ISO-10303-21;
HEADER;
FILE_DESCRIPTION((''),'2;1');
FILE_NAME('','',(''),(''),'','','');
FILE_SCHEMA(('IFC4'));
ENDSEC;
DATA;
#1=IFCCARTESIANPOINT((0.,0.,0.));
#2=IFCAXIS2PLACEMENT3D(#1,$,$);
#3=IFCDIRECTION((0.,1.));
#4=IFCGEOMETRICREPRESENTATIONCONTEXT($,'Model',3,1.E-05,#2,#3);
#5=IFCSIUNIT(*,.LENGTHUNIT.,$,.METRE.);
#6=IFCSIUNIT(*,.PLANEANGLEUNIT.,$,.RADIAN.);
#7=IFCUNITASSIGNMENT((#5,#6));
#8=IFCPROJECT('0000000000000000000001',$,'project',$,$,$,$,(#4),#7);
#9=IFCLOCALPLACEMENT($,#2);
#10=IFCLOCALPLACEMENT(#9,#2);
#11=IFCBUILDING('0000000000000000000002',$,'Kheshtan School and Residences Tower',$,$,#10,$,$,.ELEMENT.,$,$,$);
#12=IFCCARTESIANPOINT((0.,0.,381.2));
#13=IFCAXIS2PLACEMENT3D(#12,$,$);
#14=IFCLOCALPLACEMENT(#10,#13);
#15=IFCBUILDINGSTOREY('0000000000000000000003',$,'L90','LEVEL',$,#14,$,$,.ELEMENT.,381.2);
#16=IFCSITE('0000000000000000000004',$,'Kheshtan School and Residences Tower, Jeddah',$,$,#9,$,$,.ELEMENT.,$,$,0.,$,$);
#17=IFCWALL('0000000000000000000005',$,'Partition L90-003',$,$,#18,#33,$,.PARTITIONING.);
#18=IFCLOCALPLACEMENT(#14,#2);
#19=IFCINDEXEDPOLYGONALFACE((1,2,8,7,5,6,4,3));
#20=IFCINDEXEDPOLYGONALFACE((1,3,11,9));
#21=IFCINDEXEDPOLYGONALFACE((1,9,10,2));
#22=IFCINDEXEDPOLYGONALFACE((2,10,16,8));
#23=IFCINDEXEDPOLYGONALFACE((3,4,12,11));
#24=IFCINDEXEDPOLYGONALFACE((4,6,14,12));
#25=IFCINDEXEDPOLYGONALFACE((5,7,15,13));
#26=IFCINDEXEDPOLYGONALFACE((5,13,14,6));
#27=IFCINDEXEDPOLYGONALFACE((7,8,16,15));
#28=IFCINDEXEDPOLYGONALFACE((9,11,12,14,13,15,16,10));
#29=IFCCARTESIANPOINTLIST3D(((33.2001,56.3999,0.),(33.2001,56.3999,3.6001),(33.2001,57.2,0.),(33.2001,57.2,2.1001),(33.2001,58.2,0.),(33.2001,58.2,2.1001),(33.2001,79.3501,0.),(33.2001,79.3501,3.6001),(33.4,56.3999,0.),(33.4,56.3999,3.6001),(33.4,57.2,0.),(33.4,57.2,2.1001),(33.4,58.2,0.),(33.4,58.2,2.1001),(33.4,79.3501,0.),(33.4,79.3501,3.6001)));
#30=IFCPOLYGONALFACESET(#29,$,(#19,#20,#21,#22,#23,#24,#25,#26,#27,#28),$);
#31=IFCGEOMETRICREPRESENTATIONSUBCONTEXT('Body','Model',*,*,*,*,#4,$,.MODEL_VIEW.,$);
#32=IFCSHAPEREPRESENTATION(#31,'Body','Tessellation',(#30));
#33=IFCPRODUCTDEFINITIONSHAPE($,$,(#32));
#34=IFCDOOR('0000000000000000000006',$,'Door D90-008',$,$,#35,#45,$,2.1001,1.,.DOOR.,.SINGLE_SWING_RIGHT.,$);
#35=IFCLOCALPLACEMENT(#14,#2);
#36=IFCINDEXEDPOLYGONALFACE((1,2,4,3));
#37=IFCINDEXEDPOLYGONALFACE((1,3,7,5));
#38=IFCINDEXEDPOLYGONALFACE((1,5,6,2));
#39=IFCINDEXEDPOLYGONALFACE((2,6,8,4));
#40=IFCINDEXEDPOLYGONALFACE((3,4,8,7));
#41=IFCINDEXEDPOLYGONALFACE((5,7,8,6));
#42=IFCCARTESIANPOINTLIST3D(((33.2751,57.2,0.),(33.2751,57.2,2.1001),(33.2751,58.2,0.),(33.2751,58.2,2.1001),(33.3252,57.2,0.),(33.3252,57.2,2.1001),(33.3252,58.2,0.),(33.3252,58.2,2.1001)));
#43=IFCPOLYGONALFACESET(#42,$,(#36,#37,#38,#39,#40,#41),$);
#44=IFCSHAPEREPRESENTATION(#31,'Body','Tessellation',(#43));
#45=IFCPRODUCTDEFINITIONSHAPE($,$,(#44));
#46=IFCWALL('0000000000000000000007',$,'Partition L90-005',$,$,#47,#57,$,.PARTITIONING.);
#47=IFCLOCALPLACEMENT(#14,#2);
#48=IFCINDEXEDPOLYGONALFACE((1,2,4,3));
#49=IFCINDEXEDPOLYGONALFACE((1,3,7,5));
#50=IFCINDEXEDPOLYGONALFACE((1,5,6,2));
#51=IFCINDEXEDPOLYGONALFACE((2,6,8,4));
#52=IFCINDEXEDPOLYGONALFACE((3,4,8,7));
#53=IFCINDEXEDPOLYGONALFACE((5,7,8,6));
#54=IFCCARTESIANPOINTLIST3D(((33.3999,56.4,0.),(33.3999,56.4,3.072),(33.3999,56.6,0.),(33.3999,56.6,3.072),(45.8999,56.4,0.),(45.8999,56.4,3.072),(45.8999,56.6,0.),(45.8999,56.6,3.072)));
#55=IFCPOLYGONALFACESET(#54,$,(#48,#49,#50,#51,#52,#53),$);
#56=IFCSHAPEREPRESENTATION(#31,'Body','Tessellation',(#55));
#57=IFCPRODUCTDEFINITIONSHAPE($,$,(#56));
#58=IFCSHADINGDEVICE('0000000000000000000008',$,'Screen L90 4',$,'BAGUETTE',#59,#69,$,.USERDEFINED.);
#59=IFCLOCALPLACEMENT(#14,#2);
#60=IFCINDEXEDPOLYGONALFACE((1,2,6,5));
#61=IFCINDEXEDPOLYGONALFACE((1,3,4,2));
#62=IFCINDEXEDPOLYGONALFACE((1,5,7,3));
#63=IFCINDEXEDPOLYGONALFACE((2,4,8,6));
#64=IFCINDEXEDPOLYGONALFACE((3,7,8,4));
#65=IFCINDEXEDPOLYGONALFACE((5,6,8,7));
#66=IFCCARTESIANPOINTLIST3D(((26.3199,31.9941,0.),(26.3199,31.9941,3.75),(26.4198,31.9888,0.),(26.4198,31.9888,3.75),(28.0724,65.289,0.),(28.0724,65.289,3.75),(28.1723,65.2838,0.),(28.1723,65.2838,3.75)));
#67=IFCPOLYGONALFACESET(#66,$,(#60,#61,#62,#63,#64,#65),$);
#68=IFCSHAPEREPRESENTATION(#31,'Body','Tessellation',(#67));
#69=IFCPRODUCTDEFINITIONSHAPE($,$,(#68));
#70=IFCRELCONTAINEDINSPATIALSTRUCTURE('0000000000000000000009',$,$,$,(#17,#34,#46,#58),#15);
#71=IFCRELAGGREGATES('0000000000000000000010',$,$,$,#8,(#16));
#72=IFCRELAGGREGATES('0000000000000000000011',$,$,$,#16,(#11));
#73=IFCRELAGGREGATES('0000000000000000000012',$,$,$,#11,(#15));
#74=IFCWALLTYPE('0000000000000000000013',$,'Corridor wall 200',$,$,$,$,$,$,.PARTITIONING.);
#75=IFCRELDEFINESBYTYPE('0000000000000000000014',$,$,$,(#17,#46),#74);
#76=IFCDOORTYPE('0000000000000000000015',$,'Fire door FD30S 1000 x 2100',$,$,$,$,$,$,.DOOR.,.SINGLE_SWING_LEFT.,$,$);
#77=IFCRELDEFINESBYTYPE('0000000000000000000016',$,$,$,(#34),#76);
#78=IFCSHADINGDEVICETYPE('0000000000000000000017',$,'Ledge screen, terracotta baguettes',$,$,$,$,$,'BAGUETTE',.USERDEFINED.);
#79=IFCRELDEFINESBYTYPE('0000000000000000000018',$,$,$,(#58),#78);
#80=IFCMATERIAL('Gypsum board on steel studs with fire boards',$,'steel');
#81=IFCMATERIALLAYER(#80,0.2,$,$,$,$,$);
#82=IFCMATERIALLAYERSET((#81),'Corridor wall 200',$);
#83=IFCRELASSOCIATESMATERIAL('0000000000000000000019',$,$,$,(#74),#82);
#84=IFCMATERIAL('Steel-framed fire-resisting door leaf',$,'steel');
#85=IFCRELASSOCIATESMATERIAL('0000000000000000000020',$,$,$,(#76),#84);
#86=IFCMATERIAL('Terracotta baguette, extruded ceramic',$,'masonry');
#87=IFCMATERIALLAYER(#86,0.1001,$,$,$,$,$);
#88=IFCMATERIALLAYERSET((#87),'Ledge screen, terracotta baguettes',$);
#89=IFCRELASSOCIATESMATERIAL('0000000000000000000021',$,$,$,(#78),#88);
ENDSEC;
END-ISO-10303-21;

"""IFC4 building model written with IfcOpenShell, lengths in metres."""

from ifc_helpers import new_model, si_unit, direction, frame, frame_2d, origin, origin_2d, place, context, subcontext, project, spatial, rectangle, extrude, source, transform, mapped, material, layer, layer_set, type_object, element, fill, save


model = new_model("IFC4")

# Units and contexts
model_context = context("Model", 3, precision=1e-05, world=origin(), true_north=direction((0.0, 1.0)))
body_context = subcontext(model_context, "Body", "Model", "MODEL_VIEW")
ifc_project = project(units=[si_unit("LENGTHUNIT", "METRE"), si_unit("PLANEANGLEUNIT", "RADIAN")], contexts=[model_context])

# Site, building, storey
site_placement = place(None, origin())
site = spatial("IfcSite", under=ifc_project, at=site_placement, Name="Kheshtan School and Residences Tower, Jeddah", CompositionType="ELEMENT", RefElevation=0.0)
building_placement = place(site_placement, origin())
building = spatial("IfcBuilding", under=site, at=building_placement, Name="Kheshtan School and Residences Tower", CompositionType="ELEMENT")
storey_placement = place(building_placement, frame((0.0, 0.0, 381.2)))
storey = spatial("IfcBuildingStorey", under=building, at=storey_placement, Name="L90", Description="LEVEL", CompositionType="ELEMENT", Elevation=381.2)

# Wall, opening, door
ifc_material_1 = material(Name="Gypsum board on steel studs with fire boards", Category="steel")
ifc_layer_1 = layer(ifc_material_1, 0.2)
ifc_layer_set_1 = layer_set([ifc_layer_1], Name="Corridor wall 200")
wall_type = type_object("IfcWallType", Name="Corridor wall 200", PredefinedType="PARTITIONING", material=ifc_layer_set_1)
wall_1_placement = place(storey_placement, frame((33.3, 56.3999, 0.0), z_axis=(0.0, 0.0, 1.0), x_axis=(0.0, 1.0, 0.0)))
wall_1 = element("IfcWall", 1, at=wall_1_placement, inside=storey, type_object=wall_type, Name="Partition L90-003", PredefinedType="PARTITIONING", context=body_context, shape_type="SweptSolid", body=[
    extrude(rectangle(XDim=22.9502, YDim=0.2, at=frame_2d((11.4751, 0.0))), origin(), (0.0, 0.0, 1.0), 3.6001),
])
opening_placement = place(wall_1_placement, frame((0.8, 0.0, 0.0)))
opening = element("IfcOpeningElement", 2, at=opening_placement, cuts=wall_1, PredefinedType="OPENING", context=body_context, shape_type="SweptSolid", body=[
    extrude(rectangle(XDim=1.0, YDim=2.1001, at=frame_2d((0.5, 1.05))), frame((0.0, 0.1099, 0.0), z_axis=(0.0, -1.0, 0.0), x_axis=(1.0, 0.0, 0.0)), (0.0, 0.0, 1.0), 0.22),
])
ifc_material_2 = material(Name="Steel-framed fire-resisting door leaf", Category="steel")
door_type = type_object("IfcDoorType", Name="Fire door FD30S 1000 x 2100", OperationType="SINGLE_SWING_LEFT", PredefinedType="DOOR", material=ifc_material_2)
shared_shape = source(origin(), body_context, "Body", "SweptSolid", [
    extrude(rectangle(XDim=1.0, YDim=2.1001, at=frame_2d((0.5, 1.05))), frame((0.0, 0.0249, 0.0), z_axis=(0.0, -1.0, 0.0), x_axis=(1.0, 0.0, 0.0)), (0.0, 0.0, 1.0), 0.05),
])
door_placement = place(opening_placement, origin())
door = element("IfcDoor", 3, at=door_placement, inside=storey, type_object=door_type, Name="Door D90-008", OperationType="SINGLE_SWING_RIGHT", OverallHeight=2.1001, OverallWidth=1.0, PredefinedType="DOOR", context=body_context, shape_type="MappedRepresentation", body=[
    mapped(shared_shape, transform((0.0, 0.0, 0.0), x_axis=(1.0, 0.0, 0.0), y_axis=(0.0, 1.0, 0.0), z_axis=(0.0, 0.0, 1.0), scale=1.0)),
])
fill(opening, door)

# Wall
wall_2_placement = place(storey_placement, frame((33.3999, 56.5, 0.0), z_axis=(0.0, 0.0, 1.0), x_axis=(1.0, 0.0, 0.0)))
element("IfcWall", 4, at=wall_2_placement, inside=storey, type_object=wall_type, Name="Partition L90-005", PredefinedType="PARTITIONING", context=body_context, shape_type="SweptSolid", body=[
    extrude(rectangle(XDim=12.5, YDim=0.2, at=frame_2d((6.25, 0.0))), origin(), (0.0, 0.0, 1.0), 3.072),
])

# Shading device
ifc_material_3 = material(Name="Terracotta baguette, extruded ceramic", Category="masonry")
ifc_layer_2 = layer(ifc_material_3, 0.1001)
ifc_layer_set_2 = layer_set([ifc_layer_2], Name="Ledge screen, terracotta baguettes")
shading_device_type = type_object("IfcShadingDeviceType", Name="Ledge screen, terracotta baguettes", ElementType="BAGUETTE", PredefinedType="USERDEFINED", material=ifc_layer_set_2)
shading_device_placement = place(storey_placement, frame((27.2461, 48.6389, 0.0), z_axis=(0.0, 0.0, 1.0), x_axis=(0.052563, 0.998618, 0.0)))
element("IfcShadingDevice", 5, at=shading_device_placement, inside=storey, type_object=shading_device_type, Name="Screen L90 4", ObjectType="BAGUETTE", PredefinedType="USERDEFINED", context=body_context, shape_type="SweptSolid", body=[
    extrude(rectangle(XDim=33.3411, YDim=0.1001, at=origin_2d()), origin(), (0.0, 0.0, 1.0), 3.75),
])

save(model, "model.ifc")
